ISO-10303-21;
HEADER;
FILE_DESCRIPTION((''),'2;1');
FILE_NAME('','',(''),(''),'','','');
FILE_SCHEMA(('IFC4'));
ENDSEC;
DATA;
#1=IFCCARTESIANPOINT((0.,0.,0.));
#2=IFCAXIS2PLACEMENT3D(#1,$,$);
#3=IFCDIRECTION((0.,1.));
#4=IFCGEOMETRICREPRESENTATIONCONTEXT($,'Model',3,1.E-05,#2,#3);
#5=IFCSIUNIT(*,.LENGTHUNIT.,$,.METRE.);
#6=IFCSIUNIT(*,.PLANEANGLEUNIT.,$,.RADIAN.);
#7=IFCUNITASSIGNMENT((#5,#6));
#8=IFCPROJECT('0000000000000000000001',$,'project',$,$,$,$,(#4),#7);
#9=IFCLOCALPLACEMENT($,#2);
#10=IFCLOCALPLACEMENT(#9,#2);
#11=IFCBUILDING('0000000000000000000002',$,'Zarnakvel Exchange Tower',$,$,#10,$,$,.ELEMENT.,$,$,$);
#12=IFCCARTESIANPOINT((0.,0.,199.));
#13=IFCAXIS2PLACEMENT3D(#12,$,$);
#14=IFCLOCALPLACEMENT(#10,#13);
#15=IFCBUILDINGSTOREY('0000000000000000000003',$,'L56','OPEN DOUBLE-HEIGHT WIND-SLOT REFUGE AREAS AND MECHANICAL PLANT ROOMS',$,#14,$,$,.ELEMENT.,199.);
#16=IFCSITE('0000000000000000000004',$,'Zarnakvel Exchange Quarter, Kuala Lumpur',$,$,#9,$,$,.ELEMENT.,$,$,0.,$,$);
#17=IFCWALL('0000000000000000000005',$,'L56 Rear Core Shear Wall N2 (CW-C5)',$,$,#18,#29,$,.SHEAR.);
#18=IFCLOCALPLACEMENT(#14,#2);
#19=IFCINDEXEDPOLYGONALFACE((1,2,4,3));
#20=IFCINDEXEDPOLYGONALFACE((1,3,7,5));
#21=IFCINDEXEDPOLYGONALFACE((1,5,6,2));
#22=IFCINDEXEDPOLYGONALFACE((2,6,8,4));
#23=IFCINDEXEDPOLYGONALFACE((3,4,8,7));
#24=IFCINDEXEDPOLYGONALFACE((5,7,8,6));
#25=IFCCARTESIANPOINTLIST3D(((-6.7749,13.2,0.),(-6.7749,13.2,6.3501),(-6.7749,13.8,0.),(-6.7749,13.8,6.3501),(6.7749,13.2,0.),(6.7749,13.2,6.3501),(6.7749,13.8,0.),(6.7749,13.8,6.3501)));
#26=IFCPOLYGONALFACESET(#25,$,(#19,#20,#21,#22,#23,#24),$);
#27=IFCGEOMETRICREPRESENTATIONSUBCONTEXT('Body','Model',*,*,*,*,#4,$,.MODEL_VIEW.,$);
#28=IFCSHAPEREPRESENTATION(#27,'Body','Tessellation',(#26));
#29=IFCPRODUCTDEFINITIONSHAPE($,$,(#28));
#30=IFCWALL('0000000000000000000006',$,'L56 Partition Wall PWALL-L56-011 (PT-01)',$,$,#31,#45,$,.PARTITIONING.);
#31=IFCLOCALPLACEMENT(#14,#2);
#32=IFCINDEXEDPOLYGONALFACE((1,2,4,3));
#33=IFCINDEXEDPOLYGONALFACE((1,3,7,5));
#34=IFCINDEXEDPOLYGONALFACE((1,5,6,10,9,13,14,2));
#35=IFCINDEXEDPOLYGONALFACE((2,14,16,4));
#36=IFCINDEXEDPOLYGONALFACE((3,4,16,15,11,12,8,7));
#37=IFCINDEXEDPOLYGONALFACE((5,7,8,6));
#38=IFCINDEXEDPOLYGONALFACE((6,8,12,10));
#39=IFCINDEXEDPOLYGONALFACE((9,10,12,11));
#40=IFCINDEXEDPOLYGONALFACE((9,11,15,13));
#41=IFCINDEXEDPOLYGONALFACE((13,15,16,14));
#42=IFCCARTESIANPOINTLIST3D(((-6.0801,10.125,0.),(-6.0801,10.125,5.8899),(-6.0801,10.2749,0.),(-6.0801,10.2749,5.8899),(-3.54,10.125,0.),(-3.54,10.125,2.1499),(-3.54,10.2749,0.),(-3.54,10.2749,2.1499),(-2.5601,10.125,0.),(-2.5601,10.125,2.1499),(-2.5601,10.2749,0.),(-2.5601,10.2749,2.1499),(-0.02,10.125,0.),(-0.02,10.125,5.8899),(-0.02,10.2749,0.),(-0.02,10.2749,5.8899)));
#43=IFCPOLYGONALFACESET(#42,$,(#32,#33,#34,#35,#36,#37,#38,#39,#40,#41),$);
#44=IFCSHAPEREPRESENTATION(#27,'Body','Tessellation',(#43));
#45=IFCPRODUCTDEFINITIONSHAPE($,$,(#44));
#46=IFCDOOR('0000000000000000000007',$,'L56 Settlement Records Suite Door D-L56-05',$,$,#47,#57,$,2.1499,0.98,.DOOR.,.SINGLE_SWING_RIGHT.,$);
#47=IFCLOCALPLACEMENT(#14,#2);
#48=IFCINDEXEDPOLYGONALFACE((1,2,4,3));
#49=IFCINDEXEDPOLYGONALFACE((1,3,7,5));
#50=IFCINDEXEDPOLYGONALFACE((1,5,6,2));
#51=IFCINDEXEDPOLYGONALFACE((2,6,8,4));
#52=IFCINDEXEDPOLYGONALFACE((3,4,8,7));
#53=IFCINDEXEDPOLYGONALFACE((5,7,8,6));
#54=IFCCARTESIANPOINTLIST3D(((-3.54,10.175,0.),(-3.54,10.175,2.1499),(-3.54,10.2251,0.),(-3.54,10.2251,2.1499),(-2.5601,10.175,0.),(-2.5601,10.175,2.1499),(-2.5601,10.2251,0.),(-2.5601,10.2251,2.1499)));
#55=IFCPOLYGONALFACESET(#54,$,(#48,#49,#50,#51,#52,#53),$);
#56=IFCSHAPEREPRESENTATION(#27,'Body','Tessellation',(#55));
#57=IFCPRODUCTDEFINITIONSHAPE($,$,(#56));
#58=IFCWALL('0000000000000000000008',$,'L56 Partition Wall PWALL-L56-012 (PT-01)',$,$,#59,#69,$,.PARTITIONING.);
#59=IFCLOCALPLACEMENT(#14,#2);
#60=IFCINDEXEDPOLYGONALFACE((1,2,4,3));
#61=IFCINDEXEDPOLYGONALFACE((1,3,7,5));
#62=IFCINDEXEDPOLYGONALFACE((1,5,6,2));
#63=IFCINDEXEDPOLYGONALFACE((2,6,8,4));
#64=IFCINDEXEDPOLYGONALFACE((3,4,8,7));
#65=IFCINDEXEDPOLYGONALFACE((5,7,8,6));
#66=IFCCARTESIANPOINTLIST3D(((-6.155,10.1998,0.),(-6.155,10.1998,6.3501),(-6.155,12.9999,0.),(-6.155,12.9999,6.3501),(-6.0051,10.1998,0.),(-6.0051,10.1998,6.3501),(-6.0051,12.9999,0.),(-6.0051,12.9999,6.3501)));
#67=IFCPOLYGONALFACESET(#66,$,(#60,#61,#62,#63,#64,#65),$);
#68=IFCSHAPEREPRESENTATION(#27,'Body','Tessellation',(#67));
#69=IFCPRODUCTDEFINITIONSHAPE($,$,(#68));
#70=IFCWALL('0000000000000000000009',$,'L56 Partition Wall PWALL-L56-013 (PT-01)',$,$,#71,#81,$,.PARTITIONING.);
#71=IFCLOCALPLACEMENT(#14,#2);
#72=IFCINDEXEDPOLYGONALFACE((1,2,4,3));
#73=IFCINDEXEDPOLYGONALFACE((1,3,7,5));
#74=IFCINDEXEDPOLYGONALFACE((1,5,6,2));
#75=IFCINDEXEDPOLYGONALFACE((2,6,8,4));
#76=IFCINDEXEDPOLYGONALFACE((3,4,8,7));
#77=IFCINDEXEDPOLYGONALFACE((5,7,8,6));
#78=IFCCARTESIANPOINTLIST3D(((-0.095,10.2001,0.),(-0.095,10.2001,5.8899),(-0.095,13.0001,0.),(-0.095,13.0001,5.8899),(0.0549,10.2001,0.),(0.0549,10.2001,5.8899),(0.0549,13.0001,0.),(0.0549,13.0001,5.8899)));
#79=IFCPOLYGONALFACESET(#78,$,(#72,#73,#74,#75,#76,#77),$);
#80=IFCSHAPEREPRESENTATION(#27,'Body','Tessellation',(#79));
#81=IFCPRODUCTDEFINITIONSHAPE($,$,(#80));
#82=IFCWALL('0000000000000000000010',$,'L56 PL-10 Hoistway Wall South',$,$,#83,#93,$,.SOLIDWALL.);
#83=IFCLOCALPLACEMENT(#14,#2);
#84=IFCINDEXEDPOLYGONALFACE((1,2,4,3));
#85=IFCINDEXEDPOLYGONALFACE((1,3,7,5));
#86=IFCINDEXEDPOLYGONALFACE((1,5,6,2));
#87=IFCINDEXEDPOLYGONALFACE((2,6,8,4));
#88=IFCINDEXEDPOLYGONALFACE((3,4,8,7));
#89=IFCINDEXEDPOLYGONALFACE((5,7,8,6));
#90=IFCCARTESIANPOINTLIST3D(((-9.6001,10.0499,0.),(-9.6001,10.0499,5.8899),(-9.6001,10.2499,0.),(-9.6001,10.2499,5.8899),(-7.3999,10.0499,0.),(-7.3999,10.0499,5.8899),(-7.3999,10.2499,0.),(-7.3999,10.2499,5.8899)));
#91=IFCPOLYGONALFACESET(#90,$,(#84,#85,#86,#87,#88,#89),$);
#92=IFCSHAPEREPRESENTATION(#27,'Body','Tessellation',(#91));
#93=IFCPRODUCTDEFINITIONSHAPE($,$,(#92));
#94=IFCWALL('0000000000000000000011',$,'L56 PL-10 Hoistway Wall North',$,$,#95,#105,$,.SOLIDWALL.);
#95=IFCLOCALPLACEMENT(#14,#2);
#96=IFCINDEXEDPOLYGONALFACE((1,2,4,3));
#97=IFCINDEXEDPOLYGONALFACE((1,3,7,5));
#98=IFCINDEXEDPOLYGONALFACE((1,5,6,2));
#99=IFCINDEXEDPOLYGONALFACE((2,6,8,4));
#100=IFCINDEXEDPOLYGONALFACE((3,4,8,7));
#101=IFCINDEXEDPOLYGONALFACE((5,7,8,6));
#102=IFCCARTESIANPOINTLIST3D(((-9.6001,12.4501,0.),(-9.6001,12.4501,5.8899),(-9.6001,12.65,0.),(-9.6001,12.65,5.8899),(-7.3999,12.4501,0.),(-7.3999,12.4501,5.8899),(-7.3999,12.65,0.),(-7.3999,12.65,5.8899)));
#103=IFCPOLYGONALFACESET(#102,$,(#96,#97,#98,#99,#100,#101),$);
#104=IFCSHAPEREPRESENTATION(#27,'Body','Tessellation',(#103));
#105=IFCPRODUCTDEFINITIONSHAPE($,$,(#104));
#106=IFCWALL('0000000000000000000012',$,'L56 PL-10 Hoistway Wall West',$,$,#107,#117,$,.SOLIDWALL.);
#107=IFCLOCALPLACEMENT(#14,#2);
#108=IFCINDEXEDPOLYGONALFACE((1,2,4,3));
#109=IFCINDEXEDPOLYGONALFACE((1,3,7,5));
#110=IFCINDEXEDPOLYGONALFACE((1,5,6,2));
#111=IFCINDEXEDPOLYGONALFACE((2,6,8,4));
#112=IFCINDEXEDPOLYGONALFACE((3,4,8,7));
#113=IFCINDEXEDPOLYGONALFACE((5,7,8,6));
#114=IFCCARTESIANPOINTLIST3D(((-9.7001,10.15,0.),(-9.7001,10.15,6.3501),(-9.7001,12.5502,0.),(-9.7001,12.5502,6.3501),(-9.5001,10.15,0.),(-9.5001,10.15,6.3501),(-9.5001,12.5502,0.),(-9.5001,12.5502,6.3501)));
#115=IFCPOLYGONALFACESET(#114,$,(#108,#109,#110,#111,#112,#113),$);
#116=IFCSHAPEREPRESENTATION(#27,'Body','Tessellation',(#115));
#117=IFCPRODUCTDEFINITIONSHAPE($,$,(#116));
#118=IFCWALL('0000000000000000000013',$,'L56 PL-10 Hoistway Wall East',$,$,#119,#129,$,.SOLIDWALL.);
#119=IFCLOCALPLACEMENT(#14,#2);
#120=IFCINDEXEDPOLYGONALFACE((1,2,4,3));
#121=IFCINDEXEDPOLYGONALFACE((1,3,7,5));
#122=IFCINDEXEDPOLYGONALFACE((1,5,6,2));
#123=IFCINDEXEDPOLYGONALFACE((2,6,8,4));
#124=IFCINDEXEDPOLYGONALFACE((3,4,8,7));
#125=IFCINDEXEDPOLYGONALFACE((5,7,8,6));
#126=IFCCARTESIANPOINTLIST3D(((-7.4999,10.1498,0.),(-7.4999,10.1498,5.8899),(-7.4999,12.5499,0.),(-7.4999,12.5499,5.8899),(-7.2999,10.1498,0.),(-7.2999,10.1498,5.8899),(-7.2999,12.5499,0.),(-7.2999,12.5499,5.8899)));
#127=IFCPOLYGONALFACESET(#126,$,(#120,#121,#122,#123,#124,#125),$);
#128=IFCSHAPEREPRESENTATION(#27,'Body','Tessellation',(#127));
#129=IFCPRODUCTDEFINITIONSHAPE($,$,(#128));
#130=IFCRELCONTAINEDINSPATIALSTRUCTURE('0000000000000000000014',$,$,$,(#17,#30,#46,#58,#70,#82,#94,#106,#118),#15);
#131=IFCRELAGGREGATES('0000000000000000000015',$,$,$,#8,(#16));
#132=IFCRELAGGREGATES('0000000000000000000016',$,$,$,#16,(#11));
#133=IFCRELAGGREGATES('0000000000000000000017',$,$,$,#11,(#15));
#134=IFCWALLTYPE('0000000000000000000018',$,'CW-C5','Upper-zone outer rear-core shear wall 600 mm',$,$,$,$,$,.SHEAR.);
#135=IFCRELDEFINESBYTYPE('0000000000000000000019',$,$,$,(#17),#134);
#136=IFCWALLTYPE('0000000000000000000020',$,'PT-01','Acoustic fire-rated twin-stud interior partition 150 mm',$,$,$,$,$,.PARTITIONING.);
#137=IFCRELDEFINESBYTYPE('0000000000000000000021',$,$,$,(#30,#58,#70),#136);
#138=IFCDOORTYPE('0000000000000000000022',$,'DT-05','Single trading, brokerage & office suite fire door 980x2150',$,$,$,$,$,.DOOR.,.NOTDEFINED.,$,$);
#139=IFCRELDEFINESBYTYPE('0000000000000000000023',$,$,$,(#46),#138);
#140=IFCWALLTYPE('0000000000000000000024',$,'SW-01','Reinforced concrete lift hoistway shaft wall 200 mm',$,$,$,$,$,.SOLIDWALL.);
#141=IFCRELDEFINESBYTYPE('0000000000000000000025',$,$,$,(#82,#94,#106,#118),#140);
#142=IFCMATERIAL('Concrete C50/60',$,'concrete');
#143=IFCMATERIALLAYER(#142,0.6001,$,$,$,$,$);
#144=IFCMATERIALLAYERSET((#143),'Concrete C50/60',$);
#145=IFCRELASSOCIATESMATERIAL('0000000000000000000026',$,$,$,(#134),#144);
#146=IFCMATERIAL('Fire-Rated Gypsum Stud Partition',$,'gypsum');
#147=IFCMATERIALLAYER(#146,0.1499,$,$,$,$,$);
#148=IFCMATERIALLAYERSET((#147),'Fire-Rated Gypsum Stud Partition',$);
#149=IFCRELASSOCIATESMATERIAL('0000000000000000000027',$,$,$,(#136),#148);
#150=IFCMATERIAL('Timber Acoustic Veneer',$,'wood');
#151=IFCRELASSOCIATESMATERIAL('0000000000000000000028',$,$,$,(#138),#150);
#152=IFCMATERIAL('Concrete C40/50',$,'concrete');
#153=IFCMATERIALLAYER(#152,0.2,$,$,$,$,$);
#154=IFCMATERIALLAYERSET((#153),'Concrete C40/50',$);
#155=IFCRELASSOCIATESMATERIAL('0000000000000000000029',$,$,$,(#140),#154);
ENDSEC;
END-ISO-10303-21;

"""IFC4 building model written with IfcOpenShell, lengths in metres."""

from ifc_helpers import new_model, si_unit, direction, frame, frame_2d, origin, place, context, subcontext, project, spatial, rectangle, extrude, source, transform, mapped, material, layer, layer_set, type_object, element, fill, save


model = new_model("IFC4")

# Units and contexts
model_context = context("Model", 3, precision=1e-05, world=origin(), true_north=direction((0.0, 1.0)))
body_context = subcontext(model_context, "Body", "Model", "MODEL_VIEW")
ifc_project = project(units=[si_unit("LENGTHUNIT", "METRE"), si_unit("PLANEANGLEUNIT", "RADIAN")], contexts=[model_context])

# Site, building, storey
site_placement = place(None, origin())
site = spatial("IfcSite", under=ifc_project, at=site_placement, Name="Zarnakvel Exchange Quarter, Kuala Lumpur", CompositionType="ELEMENT", RefElevation=0.0)
building_placement = place(site_placement, origin())
building = spatial("IfcBuilding", under=site, at=building_placement, Name="Zarnakvel Exchange Tower", CompositionType="ELEMENT")
storey_placement = place(building_placement, frame((0.0, 0.0, 199.0)))
storey = spatial("IfcBuildingStorey", under=building, at=storey_placement, Name="L56", Description="OPEN DOUBLE-HEIGHT WIND-SLOT REFUGE AREAS AND MECHANICAL PLANT ROOMS", CompositionType="ELEMENT", Elevation=199.0)

# Shared definitions
ifc_material_1 = material(Name="Concrete C50/60", Category="concrete")

# Wall
ifc_layer_1 = layer(ifc_material_1, 0.6001)
ifc_layer_set_1 = layer_set([ifc_layer_1], Name="Concrete C50/60")
wall_type_1 = type_object("IfcWallType", Name="CW-C5", Description="Upper-zone outer rear-core shear wall 600 mm", PredefinedType="SHEAR", material=ifc_layer_set_1)
wall_1_placement = place(storey_placement, frame((-6.7749, 13.5, 0.0), z_axis=(0.0, 0.0, 1.0), x_axis=(1.0, 0.0, 0.0)))
element("IfcWall", 1, at=wall_1_placement, inside=storey, type_object=wall_type_1, Name="L56 Rear Core Shear Wall N2 (CW-C5)", PredefinedType="SHEAR", context=body_context, shape_type="SweptSolid", body=[
    extrude(rectangle(XDim=13.5498, YDim=0.6001, at=frame_2d((6.7749, 0.0))), origin(), (0.0, 0.0, 1.0), 6.3501),
])

# Wall, opening, door
ifc_material_2 = material(Name="Fire-Rated Gypsum Stud Partition", Category="gypsum")
ifc_layer_2 = layer(ifc_material_2, 0.1499)
ifc_layer_set_2 = layer_set([ifc_layer_2], Name="Fire-Rated Gypsum Stud Partition")
wall_type_2 = type_object("IfcWallType", Name="PT-01", Description="Acoustic fire-rated twin-stud interior partition 150 mm", PredefinedType="PARTITIONING", material=ifc_layer_set_2)
wall_2_placement = place(storey_placement, frame((-0.02, 10.2, 0.0), z_axis=(0.0, 0.0, 1.0), x_axis=(-1.0, 0.0, 0.0)))
wall_2 = element("IfcWall", 2, at=wall_2_placement, inside=storey, type_object=wall_type_2, Name="L56 Partition Wall PWALL-L56-011 (PT-01)", PredefinedType="PARTITIONING", context=body_context, shape_type="SweptSolid", body=[
    extrude(rectangle(XDim=6.0601, YDim=0.1499, at=frame_2d((3.03, 0.0))), origin(), (0.0, 0.0, 1.0), 5.8899),
])
opening_placement = place(wall_2_placement, frame((2.54, 0.0, 0.0)))
opening = element("IfcOpeningElement", 3, at=opening_placement, cuts=wall_2, PredefinedType="OPENING", context=body_context, shape_type="SweptSolid", body=[
    extrude(rectangle(XDim=0.98, YDim=2.1499, at=frame_2d((0.49, 1.075))), frame((0.0, 0.085, 0.0), z_axis=(0.0, -1.0, 0.0), x_axis=(1.0, 0.0, 0.0)), (0.0, 0.0, 1.0), 0.1699),
])
ifc_material_3 = material(Name="Timber Acoustic Veneer", Category="wood")
door_type = type_object("IfcDoorType", Name="DT-05", Description="Single trading, brokerage & office suite fire door 980x2150", OperationType="NOTDEFINED", PredefinedType="DOOR", material=ifc_material_3)
shared_shape_1 = source(origin(), body_context, "Body", "SweptSolid", [
    extrude(rectangle(XDim=0.98, YDim=2.1499, at=frame_2d((0.49, 1.075))), frame((0.0, 0.0249, 0.0), z_axis=(0.0, -1.0, 0.0), x_axis=(1.0, 0.0, 0.0)), (0.0, 0.0, 1.0), 0.05),
])
door_placement = place(opening_placement, origin())
door = element("IfcDoor", 4, at=door_placement, inside=storey, type_object=door_type, Name="L56 Settlement Records Suite Door D-L56-05", OperationType="SINGLE_SWING_RIGHT", OverallHeight=2.1499, OverallWidth=0.98, PredefinedType="DOOR", context=body_context, shape_type="MappedRepresentation", body=[
    mapped(shared_shape_1, transform((0.0, 0.0, 0.0), x_axis=(1.0, 0.0, 0.0), y_axis=(0.0, 1.0, 0.0), z_axis=(0.0, 0.0, 1.0), scale=1.0)),
])
fill(opening, door)

# Walls
wall_3_placement = place(storey_placement, frame((-6.0801, 10.2, 0.0), z_axis=(0.0, 0.0, 1.0), x_axis=(0.0, 1.0, 0.0)))
element("IfcWall", 5, at=wall_3_placement, inside=storey, type_object=wall_type_2, Name="L56 Partition Wall PWALL-L56-012 (PT-01)", PredefinedType="PARTITIONING", context=body_context, shape_type="SweptSolid", body=[
    extrude(rectangle(XDim=2.8, YDim=0.1499, at=frame_2d((1.3999, 0.0))), origin(), (0.0, 0.0, 1.0), 6.3501),
])
wall_4_placement = place(storey_placement, frame((-0.02, 13.0, 0.0), z_axis=(0.0, 0.0, 1.0), x_axis=(0.0, -1.0, 0.0)))
element("IfcWall", 6, at=wall_4_placement, inside=storey, type_object=wall_type_2, Name="L56 Partition Wall PWALL-L56-013 (PT-01)", PredefinedType="PARTITIONING", context=body_context, shape_type="SweptSolid", body=[
    extrude(rectangle(XDim=2.8, YDim=0.1499, at=frame_2d((1.3999, 0.0))), origin(), (0.0, 0.0, 1.0), 5.8899),
])
ifc_material_4 = material(Name="Concrete C40/50", Category="concrete")
ifc_layer_3 = layer(ifc_material_4, 0.2)
ifc_layer_set_3 = layer_set([ifc_layer_3], Name="Concrete C40/50")
wall_type_3 = type_object("IfcWallType", Name="SW-01", Description="Reinforced concrete lift hoistway shaft wall 200 mm", PredefinedType="SOLIDWALL", material=ifc_layer_set_3)
for number, where, z_axis, x_axis, name in (
    (7, (-7.3999, 10.1499, 0.0), (0.0, 0.0, 1.0), (-1.0, 0.0, 0.0), "L56 PL-10 Hoistway Wall South"),
    (8, (-9.6001, 12.55, 0.0), (0.0, 0.0, 1.0), (1.0, 0.0, 0.0), "L56 PL-10 Hoistway Wall North"),
):
    element("IfcWall", number, at=place(storey_placement, frame(where, z_axis=z_axis, x_axis=x_axis)), inside=storey, type_object=wall_type_3, Name=name, PredefinedType="SOLIDWALL", context=body_context, shape_type="SweptSolid", body=[
        extrude(rectangle(XDim=2.2002, YDim=0.2, at=frame_2d((1.1001, 0.0))), origin(), (0.0, 0.0, 1.0), 5.8899),
    ])
wall_5_placement = place(storey_placement, frame((-9.6001, 10.1499, 0.0), z_axis=(0.0, 0.0, 1.0), x_axis=(0.0, 1.0, 0.0)))
element("IfcWall", 9, at=wall_5_placement, inside=storey, type_object=wall_type_3, Name="L56 PL-10 Hoistway Wall West", PredefinedType="SOLIDWALL", context=body_context, shape_type="SweptSolid", body=[
    extrude(rectangle(XDim=2.4001, YDim=0.2, at=frame_2d((1.2002, 0.0))), origin(), (0.0, 0.0, 1.0), 6.3501),
])
wall_6_placement = place(storey_placement, frame((-7.3999, 12.55, 0.0), z_axis=(0.0, 0.0, 1.0), x_axis=(0.0, -1.0, 0.0)))
element("IfcWall", 10, at=wall_6_placement, inside=storey, type_object=wall_type_3, Name="L56 PL-10 Hoistway Wall East", PredefinedType="SOLIDWALL", context=body_context, shape_type="SweptSolid", body=[
    extrude(rectangle(XDim=2.4001, YDim=0.2, at=frame_2d((1.2002, 0.0))), origin(), (0.0, 0.0, 1.0), 5.8899),
])

save(model, "model.ifc")
